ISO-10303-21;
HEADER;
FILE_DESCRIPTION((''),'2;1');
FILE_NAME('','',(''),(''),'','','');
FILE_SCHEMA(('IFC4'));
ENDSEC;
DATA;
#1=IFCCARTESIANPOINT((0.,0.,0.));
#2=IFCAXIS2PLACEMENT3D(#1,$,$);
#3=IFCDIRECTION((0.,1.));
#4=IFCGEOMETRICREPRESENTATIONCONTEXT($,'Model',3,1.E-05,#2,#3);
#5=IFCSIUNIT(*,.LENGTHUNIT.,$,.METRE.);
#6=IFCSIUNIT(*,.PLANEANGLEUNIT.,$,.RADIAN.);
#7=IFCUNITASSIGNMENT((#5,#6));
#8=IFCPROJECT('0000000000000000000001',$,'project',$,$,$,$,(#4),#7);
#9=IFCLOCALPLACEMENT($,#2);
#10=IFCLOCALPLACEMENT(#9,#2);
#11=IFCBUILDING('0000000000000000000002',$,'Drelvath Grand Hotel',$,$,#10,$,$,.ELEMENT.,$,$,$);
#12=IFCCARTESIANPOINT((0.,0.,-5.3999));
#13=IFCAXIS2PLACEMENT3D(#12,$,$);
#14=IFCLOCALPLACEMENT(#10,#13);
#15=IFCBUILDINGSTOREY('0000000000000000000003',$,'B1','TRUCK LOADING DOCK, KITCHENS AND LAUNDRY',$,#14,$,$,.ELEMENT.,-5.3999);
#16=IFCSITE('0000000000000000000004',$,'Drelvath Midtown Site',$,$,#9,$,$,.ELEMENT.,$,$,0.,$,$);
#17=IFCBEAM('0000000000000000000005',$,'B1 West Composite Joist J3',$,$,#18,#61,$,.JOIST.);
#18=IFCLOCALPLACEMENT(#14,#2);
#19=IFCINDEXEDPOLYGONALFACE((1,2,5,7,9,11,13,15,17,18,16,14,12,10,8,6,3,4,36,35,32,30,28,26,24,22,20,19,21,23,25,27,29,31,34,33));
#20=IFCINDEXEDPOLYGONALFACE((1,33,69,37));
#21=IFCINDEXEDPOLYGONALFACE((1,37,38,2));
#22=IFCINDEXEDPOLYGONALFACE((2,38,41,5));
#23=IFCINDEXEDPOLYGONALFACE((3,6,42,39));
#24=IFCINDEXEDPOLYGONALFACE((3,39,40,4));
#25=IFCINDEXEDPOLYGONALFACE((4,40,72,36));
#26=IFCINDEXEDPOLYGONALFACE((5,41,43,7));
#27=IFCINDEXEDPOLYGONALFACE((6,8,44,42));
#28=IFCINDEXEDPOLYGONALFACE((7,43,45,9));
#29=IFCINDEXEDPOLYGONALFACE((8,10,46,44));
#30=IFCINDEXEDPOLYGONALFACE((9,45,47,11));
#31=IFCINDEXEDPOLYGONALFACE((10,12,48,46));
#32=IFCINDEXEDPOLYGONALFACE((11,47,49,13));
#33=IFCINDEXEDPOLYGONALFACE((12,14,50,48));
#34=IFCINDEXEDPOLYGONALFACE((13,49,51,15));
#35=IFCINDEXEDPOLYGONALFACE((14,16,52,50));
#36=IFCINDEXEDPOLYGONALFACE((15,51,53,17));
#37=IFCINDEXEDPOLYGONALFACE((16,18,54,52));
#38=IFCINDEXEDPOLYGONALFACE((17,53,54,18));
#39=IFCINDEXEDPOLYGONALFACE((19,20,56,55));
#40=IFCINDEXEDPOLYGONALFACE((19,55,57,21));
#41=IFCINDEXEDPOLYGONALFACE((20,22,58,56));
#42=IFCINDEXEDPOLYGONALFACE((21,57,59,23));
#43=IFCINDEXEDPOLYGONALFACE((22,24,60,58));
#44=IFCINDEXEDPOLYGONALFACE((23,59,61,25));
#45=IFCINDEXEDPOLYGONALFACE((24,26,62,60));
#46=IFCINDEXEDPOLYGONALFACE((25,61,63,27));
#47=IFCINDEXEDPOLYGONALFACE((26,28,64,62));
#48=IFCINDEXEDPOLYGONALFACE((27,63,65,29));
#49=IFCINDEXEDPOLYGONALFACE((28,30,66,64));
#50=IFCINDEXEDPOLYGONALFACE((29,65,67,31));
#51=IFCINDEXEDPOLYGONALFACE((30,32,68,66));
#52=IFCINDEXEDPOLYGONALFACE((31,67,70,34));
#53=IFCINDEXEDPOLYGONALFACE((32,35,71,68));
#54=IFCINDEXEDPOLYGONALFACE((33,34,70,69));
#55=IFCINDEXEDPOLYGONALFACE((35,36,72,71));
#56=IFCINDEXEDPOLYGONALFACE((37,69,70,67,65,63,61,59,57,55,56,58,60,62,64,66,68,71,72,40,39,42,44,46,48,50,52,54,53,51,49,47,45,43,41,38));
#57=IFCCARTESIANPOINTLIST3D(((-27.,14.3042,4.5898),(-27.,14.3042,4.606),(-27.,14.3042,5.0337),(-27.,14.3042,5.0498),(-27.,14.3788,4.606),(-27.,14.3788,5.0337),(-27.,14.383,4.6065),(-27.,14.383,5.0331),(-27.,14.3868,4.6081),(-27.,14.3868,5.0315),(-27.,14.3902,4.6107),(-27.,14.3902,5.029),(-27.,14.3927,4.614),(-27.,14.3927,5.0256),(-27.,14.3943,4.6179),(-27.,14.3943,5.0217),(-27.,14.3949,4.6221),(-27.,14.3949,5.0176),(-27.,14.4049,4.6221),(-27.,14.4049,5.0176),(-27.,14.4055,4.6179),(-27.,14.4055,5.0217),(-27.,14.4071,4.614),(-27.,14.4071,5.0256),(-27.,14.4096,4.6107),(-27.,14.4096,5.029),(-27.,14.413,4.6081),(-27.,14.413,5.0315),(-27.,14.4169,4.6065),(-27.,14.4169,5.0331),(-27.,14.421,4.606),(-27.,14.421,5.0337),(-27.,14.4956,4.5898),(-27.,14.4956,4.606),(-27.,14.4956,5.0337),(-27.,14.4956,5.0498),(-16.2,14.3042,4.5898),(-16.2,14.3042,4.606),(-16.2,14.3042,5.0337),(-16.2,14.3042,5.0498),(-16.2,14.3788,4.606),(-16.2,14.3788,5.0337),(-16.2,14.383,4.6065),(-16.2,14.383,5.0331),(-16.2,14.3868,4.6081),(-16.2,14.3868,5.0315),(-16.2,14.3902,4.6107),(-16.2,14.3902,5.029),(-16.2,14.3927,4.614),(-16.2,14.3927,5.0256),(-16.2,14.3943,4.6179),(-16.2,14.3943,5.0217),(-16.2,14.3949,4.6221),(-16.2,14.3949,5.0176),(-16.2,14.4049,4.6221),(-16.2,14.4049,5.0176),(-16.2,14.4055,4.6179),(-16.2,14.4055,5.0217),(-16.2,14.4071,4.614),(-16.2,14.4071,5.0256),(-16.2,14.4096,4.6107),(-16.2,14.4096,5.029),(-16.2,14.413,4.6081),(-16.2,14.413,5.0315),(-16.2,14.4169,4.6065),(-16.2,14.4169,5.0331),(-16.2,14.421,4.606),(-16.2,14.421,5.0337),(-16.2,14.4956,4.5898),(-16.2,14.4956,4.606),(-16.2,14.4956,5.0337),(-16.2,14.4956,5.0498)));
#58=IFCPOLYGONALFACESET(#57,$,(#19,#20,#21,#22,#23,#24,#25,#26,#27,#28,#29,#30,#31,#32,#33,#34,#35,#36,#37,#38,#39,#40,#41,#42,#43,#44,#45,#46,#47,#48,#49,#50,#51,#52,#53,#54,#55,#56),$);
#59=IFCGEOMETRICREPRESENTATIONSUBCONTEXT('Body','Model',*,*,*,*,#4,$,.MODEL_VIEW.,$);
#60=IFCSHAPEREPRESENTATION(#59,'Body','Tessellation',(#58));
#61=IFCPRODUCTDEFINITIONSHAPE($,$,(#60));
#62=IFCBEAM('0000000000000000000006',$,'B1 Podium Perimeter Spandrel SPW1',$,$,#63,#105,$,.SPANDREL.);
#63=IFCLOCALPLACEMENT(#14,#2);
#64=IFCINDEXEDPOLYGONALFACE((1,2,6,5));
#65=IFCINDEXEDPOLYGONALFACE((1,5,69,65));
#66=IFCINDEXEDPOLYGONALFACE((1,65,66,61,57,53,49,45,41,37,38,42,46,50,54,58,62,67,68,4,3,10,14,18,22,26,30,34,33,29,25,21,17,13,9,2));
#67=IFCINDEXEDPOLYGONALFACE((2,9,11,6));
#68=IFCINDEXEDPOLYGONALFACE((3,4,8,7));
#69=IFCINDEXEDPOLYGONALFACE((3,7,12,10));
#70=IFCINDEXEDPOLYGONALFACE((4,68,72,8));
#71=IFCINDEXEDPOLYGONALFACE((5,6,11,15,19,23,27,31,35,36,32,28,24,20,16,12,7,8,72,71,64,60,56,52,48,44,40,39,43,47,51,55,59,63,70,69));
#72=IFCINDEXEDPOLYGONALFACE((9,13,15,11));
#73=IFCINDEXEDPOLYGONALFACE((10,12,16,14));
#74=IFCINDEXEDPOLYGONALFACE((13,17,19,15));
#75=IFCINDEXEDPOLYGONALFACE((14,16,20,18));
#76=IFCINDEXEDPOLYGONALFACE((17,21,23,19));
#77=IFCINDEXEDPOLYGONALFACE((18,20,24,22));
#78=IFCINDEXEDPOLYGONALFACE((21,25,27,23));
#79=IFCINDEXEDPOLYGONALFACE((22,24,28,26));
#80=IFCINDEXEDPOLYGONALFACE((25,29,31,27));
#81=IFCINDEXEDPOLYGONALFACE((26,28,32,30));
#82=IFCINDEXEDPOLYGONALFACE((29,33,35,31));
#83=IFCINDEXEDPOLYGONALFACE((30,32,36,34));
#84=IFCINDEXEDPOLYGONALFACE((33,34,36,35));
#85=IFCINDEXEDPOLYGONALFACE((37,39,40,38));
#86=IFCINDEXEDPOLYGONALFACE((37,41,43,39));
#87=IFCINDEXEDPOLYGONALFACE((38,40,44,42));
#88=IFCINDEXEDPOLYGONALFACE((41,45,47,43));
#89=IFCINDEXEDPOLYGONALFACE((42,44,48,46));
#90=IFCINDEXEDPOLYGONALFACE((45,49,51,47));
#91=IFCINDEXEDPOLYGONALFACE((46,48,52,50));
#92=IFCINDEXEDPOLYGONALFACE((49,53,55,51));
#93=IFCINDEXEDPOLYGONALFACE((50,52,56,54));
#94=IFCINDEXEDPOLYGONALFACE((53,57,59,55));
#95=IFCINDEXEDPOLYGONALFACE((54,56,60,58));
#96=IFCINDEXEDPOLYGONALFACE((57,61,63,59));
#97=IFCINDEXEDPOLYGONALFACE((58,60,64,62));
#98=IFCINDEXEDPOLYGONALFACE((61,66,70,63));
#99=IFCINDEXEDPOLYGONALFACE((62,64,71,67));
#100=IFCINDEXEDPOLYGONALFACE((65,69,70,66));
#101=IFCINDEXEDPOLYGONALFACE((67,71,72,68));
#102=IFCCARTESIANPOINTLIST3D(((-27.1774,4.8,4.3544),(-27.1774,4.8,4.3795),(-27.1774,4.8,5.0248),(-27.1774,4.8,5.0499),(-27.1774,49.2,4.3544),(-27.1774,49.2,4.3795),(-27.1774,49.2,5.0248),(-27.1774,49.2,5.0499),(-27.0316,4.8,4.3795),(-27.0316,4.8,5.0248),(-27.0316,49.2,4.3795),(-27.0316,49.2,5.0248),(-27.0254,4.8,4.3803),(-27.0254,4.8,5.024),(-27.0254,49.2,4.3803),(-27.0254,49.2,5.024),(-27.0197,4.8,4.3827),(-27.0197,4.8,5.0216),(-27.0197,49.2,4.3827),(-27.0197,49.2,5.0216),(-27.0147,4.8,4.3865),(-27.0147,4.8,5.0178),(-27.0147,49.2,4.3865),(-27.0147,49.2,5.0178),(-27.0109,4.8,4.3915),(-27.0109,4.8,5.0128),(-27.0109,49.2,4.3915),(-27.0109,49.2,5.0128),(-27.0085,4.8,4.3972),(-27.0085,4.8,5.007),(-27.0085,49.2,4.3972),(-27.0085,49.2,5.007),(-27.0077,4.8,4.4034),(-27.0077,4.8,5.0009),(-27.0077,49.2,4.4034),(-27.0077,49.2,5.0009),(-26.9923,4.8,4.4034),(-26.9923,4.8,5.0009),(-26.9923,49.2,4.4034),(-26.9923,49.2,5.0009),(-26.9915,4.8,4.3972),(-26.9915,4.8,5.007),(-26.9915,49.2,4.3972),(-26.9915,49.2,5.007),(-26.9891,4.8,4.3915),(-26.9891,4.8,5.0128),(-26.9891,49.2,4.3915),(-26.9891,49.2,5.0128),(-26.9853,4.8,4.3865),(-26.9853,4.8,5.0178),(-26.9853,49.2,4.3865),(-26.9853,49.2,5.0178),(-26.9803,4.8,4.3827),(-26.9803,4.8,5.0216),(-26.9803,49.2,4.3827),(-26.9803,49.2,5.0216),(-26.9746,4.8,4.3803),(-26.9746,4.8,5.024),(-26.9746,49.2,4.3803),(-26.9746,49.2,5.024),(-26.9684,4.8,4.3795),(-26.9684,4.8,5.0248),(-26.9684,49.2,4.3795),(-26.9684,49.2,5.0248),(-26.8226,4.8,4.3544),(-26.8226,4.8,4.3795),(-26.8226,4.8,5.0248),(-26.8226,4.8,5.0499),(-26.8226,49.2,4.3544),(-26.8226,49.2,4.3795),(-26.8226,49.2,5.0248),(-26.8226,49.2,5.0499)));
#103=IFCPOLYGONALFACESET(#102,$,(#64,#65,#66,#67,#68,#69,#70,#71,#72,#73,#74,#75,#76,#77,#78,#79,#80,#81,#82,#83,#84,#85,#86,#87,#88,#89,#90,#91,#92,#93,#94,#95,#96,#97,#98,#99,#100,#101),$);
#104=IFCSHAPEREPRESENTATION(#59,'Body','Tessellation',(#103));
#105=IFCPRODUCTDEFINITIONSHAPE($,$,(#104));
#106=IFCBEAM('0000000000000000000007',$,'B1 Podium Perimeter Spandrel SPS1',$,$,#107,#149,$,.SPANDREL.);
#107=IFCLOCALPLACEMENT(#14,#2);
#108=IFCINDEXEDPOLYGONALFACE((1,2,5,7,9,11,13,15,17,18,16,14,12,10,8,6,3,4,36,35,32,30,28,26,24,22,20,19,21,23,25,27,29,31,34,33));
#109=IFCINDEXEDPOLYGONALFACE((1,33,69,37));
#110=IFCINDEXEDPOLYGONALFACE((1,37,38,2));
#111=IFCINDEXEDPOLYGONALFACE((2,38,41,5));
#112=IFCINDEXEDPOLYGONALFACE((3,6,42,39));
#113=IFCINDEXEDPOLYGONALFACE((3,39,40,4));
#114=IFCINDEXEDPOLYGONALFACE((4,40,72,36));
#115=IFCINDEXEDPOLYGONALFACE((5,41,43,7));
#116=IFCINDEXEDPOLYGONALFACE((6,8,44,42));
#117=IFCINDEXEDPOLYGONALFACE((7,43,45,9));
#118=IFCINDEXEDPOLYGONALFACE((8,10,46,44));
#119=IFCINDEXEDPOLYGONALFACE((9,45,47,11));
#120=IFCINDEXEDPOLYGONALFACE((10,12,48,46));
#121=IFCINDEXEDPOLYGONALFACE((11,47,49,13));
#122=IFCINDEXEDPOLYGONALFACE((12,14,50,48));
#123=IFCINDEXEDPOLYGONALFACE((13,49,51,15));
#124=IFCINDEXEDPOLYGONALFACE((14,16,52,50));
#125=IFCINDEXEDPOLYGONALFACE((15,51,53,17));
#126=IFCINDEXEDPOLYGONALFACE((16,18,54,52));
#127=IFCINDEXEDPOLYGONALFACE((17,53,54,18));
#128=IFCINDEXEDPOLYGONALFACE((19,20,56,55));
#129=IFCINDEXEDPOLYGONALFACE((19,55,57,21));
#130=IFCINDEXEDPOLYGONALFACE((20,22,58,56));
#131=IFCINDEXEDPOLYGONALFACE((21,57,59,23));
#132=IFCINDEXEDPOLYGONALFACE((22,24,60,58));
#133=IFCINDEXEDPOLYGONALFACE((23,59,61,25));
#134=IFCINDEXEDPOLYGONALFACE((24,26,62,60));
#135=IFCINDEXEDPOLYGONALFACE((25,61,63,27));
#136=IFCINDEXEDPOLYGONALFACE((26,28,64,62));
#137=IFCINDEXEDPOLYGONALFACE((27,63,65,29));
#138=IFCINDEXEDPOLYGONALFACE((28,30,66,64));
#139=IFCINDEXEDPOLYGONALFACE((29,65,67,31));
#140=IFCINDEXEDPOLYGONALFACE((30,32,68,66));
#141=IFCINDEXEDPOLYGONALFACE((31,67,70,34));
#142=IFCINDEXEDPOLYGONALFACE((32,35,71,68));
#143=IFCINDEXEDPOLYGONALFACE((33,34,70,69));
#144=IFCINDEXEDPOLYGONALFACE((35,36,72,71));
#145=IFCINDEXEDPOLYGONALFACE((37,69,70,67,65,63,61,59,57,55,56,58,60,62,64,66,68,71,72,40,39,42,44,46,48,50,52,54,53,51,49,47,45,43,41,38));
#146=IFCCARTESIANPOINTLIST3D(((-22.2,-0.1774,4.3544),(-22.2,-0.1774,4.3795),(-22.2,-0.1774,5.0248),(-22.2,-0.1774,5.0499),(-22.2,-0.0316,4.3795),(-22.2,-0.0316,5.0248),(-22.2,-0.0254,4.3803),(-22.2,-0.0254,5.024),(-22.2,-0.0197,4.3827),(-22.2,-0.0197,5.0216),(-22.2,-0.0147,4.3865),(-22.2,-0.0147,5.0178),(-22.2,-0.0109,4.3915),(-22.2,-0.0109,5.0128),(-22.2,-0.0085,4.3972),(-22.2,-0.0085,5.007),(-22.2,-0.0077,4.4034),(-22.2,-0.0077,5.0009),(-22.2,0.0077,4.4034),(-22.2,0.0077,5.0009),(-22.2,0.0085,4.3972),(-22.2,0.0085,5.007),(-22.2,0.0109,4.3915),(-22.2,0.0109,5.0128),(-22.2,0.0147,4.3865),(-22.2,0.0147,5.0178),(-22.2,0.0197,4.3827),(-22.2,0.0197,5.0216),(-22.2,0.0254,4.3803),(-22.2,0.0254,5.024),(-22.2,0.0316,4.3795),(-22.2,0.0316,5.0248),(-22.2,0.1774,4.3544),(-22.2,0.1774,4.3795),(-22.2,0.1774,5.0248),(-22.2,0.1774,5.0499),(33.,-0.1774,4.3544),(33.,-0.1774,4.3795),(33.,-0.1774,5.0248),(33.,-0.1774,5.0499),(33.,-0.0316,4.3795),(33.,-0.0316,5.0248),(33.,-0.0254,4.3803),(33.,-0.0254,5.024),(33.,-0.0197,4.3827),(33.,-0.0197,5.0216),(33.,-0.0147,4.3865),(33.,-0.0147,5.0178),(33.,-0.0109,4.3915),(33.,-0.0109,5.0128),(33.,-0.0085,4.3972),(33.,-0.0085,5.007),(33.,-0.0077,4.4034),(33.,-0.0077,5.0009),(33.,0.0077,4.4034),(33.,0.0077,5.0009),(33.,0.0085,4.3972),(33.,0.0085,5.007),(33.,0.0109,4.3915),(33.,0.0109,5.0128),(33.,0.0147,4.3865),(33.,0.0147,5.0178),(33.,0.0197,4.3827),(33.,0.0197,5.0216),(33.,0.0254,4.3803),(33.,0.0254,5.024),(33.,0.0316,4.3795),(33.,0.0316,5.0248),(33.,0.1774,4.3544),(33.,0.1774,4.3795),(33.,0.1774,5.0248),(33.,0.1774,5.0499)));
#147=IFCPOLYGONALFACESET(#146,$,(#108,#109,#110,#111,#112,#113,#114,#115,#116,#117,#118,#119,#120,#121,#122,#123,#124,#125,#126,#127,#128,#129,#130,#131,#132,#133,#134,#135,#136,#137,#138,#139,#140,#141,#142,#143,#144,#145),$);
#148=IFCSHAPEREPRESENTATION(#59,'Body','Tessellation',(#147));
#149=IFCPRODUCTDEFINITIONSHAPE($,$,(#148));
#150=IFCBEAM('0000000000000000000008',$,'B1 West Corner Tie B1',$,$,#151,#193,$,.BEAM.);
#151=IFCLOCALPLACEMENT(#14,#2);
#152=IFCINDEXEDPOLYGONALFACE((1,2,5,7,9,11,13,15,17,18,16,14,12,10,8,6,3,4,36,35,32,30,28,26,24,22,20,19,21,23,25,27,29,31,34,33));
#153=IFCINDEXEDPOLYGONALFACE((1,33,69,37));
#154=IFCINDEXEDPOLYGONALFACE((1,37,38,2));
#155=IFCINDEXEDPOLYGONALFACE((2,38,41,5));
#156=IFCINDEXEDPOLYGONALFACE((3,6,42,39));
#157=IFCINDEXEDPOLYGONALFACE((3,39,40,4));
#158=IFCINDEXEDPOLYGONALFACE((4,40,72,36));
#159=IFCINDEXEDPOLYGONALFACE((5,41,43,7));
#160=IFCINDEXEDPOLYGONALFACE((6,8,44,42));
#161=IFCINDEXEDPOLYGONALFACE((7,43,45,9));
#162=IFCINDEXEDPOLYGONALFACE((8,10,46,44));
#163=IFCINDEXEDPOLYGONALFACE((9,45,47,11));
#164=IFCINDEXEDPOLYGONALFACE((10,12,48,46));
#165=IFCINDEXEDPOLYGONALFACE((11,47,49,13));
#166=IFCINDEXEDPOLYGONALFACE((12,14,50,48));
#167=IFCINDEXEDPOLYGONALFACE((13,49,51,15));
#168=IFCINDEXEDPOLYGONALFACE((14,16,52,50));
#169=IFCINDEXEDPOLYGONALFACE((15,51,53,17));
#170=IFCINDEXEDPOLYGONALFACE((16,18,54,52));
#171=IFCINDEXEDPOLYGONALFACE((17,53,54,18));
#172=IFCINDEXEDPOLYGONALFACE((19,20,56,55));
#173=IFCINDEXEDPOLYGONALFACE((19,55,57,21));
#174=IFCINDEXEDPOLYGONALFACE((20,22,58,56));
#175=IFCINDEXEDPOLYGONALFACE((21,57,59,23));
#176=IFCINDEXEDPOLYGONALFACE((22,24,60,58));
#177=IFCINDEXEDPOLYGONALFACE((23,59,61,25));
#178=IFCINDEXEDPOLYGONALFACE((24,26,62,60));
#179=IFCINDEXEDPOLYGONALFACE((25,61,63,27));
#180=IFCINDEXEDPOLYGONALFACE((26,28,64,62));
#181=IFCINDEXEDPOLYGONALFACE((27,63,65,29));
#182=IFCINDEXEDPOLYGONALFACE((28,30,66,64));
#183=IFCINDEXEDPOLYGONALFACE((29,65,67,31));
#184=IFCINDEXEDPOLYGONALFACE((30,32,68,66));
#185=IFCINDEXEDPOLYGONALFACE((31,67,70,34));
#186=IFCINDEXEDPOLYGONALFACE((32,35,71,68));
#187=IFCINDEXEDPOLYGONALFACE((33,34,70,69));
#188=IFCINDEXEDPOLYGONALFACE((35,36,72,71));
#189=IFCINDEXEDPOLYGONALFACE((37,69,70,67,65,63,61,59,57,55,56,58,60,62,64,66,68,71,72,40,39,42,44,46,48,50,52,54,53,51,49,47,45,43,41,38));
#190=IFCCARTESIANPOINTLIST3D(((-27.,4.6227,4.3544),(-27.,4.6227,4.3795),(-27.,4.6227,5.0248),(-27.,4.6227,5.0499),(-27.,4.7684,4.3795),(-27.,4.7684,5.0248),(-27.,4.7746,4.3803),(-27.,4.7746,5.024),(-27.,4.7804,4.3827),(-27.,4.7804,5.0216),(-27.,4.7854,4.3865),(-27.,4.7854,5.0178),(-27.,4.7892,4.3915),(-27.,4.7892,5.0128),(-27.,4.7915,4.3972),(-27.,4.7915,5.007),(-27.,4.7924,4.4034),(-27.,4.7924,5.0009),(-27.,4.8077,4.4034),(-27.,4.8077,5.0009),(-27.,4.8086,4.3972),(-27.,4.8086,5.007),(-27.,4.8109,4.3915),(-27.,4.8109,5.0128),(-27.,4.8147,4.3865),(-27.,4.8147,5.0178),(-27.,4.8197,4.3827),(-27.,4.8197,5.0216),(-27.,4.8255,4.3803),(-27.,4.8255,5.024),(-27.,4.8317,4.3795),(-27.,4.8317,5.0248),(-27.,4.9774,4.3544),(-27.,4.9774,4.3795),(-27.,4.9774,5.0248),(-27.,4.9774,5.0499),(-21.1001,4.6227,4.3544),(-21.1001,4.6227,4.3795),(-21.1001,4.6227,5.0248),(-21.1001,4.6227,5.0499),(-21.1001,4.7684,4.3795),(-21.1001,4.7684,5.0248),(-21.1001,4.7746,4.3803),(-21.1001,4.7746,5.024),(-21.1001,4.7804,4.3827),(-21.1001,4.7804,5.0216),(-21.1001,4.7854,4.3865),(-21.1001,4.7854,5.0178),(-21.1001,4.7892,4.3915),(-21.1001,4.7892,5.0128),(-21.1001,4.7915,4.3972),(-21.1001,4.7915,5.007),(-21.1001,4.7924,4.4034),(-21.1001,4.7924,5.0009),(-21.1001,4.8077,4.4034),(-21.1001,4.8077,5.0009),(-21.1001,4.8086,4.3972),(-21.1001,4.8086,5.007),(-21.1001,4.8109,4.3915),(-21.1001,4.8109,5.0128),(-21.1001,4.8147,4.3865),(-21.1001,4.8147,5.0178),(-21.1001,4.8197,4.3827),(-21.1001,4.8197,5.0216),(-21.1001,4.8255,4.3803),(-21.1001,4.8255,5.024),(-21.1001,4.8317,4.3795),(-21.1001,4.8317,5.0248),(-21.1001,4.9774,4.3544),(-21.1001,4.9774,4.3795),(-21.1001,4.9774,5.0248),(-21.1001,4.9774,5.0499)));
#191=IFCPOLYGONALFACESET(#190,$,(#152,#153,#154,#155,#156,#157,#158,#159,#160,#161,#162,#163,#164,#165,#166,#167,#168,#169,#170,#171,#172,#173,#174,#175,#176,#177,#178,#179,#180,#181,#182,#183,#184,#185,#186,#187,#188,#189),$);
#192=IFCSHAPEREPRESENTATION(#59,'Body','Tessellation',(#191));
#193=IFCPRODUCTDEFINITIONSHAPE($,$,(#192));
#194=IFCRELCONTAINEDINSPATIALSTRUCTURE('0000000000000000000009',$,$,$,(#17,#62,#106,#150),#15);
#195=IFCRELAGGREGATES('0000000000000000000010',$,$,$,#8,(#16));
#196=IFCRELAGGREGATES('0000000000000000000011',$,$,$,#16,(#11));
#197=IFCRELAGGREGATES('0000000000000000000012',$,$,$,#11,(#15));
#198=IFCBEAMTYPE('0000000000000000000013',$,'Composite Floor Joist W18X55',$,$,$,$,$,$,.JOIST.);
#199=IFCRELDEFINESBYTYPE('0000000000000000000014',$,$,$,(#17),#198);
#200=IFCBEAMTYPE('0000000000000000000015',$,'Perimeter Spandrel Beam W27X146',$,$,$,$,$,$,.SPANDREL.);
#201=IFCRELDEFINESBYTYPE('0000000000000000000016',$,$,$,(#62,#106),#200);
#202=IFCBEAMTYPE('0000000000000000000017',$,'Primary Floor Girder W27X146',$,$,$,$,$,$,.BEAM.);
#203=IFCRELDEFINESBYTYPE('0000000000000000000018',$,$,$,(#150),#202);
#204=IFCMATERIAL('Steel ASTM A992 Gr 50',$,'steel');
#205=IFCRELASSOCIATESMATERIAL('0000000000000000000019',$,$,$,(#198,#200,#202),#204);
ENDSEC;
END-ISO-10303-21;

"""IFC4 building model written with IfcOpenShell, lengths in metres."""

from ifc_helpers import new_model, si_unit, direction, frame, origin, origin_2d, place, context, subcontext, project, spatial, i_section, extrude, material, material_profile, profile_set, type_object, element, save


model = new_model("IFC4")

# Units and contexts
model_context = context("Model", 3, precision=1e-05, world=origin(), true_north=direction((0.0, 1.0)))
body_context = subcontext(model_context, "Body", "Model", "MODEL_VIEW")
ifc_project = project(units=[si_unit("LENGTHUNIT", "METRE"), si_unit("PLANEANGLEUNIT", "RADIAN")], contexts=[model_context])

# Site, building, storey
site_placement = place(None, origin())
site = spatial("IfcSite", under=ifc_project, at=site_placement, Name="Drelvath Midtown Site", CompositionType="ELEMENT", RefElevation=0.0)
building_placement = place(site_placement, origin())
building = spatial("IfcBuilding", under=site, at=building_placement, Name="Drelvath Grand Hotel", CompositionType="ELEMENT")
storey_placement = place(building_placement, frame((0.0, 0.0, -5.3999)))
storey = spatial("IfcBuildingStorey", under=building, at=storey_placement, Name="B1", Description="TRUCK LOADING DOCK, KITCHENS AND LAUNDRY", CompositionType="ELEMENT", Elevation=-5.3999)

# Beams
ifc_material_1 = material(Name="Steel ASTM A992 Gr 50", Category="steel")
ifc_material_profile_1 = material_profile(ifc_material_1, i_section(OverallWidth=0.1914, OverallDepth=0.46, WebThickness=0.01, FlangeThickness=0.0161, FilletRadius=0.0161, at=origin_2d()), Name="W18X55")
ifc_profile_set_1 = profile_set([ifc_material_profile_1], Name="Steel ASTM A992 Gr 50")
beam_type_1 = type_object("IfcBeamType", Name="Composite Floor Joist W18X55", PredefinedType="JOIST", material=ifc_profile_set_1)
beam_1_placement = place(storey_placement, frame((-27.0, 14.3999, 4.8198), z_axis=(1.0, 0.0, 0.0), x_axis=(0.0, 1.0, 0.0)))
element("IfcBeam", 1, at=beam_1_placement, inside=storey, type_object=beam_type_1, Name="B1 West Composite Joist J3", PredefinedType="JOIST", context=body_context, shape_type="SweptSolid", body=[
    extrude(i_section(OverallWidth=0.1914, OverallDepth=0.46, WebThickness=0.01, FlangeThickness=0.0161, FilletRadius=0.0161, at=origin_2d()), origin(), (0.0, 0.0, 1.0), 10.8),
])
ifc_material_profile_2 = material_profile(ifc_material_1, i_section(OverallWidth=0.3547, OverallDepth=0.6956, WebThickness=0.0154, FlangeThickness=0.0251, FilletRadius=0.0239, at=origin_2d()), Name="W27X146")
ifc_profile_set_2 = profile_set([ifc_material_profile_2], Name="Steel ASTM A992 Gr 50")
beam_type_2 = type_object("IfcBeamType", Name="Perimeter Spandrel Beam W27X146", PredefinedType="SPANDREL", material=ifc_profile_set_2)
beam_2_placement = place(storey_placement, frame((-27.0, 4.8, 4.7021), z_axis=(0.0, 1.0, 0.0), x_axis=(-1.0, 0.0, 0.0)))
element("IfcBeam", 2, at=beam_2_placement, inside=storey, type_object=beam_type_2, Name="B1 Podium Perimeter Spandrel SPW1", PredefinedType="SPANDREL", context=body_context, shape_type="SweptSolid", body=[
    extrude(i_section(OverallWidth=0.3547, OverallDepth=0.6956, WebThickness=0.0154, FlangeThickness=0.0251, FilletRadius=0.0239, at=origin_2d()), origin(), (0.0, 0.0, 1.0), 44.3999),
])
beam_3_placement = place(storey_placement, frame((-22.2, 0.0, 4.7021), z_axis=(1.0, 0.0, 0.0), x_axis=(0.0, 1.0, 0.0)))
element("IfcBeam", 3, at=beam_3_placement, inside=storey, type_object=beam_type_2, Name="B1 Podium Perimeter Spandrel SPS1", PredefinedType="SPANDREL", context=body_context, shape_type="SweptSolid", body=[
    extrude(i_section(OverallWidth=0.3547, OverallDepth=0.6956, WebThickness=0.0154, FlangeThickness=0.0251, FilletRadius=0.0239, at=origin_2d()), origin(), (0.0, 0.0, 1.0), 55.2),
])
ifc_material_profile_3 = material_profile(ifc_material_1, i_section(OverallWidth=0.3547, OverallDepth=0.6956, WebThickness=0.0154, FlangeThickness=0.0251, FilletRadius=0.0239, at=origin_2d()), Name="W27X146")
ifc_profile_set_3 = profile_set([ifc_material_profile_3], Name="Steel ASTM A992 Gr 50")
beam_type_3 = type_object("IfcBeamType", Name="Primary Floor Girder W27X146", PredefinedType="BEAM", material=ifc_profile_set_3)
beam_4_placement = place(storey_placement, frame((-27.0, 4.8, 4.7021), z_axis=(1.0, 0.0, 0.0), x_axis=(0.0, 1.0, 0.0)))
element("IfcBeam", 4, at=beam_4_placement, inside=storey, type_object=beam_type_3, Name="B1 West Corner Tie B1", PredefinedType="BEAM", context=body_context, shape_type="SweptSolid", body=[
    extrude(i_section(OverallWidth=0.3547, OverallDepth=0.6956, WebThickness=0.0154, FlangeThickness=0.0251, FilletRadius=0.0239, at=origin_2d()), origin(), (0.0, 0.0, 1.0), 5.8999),
])

save(model, "model.ifc")
